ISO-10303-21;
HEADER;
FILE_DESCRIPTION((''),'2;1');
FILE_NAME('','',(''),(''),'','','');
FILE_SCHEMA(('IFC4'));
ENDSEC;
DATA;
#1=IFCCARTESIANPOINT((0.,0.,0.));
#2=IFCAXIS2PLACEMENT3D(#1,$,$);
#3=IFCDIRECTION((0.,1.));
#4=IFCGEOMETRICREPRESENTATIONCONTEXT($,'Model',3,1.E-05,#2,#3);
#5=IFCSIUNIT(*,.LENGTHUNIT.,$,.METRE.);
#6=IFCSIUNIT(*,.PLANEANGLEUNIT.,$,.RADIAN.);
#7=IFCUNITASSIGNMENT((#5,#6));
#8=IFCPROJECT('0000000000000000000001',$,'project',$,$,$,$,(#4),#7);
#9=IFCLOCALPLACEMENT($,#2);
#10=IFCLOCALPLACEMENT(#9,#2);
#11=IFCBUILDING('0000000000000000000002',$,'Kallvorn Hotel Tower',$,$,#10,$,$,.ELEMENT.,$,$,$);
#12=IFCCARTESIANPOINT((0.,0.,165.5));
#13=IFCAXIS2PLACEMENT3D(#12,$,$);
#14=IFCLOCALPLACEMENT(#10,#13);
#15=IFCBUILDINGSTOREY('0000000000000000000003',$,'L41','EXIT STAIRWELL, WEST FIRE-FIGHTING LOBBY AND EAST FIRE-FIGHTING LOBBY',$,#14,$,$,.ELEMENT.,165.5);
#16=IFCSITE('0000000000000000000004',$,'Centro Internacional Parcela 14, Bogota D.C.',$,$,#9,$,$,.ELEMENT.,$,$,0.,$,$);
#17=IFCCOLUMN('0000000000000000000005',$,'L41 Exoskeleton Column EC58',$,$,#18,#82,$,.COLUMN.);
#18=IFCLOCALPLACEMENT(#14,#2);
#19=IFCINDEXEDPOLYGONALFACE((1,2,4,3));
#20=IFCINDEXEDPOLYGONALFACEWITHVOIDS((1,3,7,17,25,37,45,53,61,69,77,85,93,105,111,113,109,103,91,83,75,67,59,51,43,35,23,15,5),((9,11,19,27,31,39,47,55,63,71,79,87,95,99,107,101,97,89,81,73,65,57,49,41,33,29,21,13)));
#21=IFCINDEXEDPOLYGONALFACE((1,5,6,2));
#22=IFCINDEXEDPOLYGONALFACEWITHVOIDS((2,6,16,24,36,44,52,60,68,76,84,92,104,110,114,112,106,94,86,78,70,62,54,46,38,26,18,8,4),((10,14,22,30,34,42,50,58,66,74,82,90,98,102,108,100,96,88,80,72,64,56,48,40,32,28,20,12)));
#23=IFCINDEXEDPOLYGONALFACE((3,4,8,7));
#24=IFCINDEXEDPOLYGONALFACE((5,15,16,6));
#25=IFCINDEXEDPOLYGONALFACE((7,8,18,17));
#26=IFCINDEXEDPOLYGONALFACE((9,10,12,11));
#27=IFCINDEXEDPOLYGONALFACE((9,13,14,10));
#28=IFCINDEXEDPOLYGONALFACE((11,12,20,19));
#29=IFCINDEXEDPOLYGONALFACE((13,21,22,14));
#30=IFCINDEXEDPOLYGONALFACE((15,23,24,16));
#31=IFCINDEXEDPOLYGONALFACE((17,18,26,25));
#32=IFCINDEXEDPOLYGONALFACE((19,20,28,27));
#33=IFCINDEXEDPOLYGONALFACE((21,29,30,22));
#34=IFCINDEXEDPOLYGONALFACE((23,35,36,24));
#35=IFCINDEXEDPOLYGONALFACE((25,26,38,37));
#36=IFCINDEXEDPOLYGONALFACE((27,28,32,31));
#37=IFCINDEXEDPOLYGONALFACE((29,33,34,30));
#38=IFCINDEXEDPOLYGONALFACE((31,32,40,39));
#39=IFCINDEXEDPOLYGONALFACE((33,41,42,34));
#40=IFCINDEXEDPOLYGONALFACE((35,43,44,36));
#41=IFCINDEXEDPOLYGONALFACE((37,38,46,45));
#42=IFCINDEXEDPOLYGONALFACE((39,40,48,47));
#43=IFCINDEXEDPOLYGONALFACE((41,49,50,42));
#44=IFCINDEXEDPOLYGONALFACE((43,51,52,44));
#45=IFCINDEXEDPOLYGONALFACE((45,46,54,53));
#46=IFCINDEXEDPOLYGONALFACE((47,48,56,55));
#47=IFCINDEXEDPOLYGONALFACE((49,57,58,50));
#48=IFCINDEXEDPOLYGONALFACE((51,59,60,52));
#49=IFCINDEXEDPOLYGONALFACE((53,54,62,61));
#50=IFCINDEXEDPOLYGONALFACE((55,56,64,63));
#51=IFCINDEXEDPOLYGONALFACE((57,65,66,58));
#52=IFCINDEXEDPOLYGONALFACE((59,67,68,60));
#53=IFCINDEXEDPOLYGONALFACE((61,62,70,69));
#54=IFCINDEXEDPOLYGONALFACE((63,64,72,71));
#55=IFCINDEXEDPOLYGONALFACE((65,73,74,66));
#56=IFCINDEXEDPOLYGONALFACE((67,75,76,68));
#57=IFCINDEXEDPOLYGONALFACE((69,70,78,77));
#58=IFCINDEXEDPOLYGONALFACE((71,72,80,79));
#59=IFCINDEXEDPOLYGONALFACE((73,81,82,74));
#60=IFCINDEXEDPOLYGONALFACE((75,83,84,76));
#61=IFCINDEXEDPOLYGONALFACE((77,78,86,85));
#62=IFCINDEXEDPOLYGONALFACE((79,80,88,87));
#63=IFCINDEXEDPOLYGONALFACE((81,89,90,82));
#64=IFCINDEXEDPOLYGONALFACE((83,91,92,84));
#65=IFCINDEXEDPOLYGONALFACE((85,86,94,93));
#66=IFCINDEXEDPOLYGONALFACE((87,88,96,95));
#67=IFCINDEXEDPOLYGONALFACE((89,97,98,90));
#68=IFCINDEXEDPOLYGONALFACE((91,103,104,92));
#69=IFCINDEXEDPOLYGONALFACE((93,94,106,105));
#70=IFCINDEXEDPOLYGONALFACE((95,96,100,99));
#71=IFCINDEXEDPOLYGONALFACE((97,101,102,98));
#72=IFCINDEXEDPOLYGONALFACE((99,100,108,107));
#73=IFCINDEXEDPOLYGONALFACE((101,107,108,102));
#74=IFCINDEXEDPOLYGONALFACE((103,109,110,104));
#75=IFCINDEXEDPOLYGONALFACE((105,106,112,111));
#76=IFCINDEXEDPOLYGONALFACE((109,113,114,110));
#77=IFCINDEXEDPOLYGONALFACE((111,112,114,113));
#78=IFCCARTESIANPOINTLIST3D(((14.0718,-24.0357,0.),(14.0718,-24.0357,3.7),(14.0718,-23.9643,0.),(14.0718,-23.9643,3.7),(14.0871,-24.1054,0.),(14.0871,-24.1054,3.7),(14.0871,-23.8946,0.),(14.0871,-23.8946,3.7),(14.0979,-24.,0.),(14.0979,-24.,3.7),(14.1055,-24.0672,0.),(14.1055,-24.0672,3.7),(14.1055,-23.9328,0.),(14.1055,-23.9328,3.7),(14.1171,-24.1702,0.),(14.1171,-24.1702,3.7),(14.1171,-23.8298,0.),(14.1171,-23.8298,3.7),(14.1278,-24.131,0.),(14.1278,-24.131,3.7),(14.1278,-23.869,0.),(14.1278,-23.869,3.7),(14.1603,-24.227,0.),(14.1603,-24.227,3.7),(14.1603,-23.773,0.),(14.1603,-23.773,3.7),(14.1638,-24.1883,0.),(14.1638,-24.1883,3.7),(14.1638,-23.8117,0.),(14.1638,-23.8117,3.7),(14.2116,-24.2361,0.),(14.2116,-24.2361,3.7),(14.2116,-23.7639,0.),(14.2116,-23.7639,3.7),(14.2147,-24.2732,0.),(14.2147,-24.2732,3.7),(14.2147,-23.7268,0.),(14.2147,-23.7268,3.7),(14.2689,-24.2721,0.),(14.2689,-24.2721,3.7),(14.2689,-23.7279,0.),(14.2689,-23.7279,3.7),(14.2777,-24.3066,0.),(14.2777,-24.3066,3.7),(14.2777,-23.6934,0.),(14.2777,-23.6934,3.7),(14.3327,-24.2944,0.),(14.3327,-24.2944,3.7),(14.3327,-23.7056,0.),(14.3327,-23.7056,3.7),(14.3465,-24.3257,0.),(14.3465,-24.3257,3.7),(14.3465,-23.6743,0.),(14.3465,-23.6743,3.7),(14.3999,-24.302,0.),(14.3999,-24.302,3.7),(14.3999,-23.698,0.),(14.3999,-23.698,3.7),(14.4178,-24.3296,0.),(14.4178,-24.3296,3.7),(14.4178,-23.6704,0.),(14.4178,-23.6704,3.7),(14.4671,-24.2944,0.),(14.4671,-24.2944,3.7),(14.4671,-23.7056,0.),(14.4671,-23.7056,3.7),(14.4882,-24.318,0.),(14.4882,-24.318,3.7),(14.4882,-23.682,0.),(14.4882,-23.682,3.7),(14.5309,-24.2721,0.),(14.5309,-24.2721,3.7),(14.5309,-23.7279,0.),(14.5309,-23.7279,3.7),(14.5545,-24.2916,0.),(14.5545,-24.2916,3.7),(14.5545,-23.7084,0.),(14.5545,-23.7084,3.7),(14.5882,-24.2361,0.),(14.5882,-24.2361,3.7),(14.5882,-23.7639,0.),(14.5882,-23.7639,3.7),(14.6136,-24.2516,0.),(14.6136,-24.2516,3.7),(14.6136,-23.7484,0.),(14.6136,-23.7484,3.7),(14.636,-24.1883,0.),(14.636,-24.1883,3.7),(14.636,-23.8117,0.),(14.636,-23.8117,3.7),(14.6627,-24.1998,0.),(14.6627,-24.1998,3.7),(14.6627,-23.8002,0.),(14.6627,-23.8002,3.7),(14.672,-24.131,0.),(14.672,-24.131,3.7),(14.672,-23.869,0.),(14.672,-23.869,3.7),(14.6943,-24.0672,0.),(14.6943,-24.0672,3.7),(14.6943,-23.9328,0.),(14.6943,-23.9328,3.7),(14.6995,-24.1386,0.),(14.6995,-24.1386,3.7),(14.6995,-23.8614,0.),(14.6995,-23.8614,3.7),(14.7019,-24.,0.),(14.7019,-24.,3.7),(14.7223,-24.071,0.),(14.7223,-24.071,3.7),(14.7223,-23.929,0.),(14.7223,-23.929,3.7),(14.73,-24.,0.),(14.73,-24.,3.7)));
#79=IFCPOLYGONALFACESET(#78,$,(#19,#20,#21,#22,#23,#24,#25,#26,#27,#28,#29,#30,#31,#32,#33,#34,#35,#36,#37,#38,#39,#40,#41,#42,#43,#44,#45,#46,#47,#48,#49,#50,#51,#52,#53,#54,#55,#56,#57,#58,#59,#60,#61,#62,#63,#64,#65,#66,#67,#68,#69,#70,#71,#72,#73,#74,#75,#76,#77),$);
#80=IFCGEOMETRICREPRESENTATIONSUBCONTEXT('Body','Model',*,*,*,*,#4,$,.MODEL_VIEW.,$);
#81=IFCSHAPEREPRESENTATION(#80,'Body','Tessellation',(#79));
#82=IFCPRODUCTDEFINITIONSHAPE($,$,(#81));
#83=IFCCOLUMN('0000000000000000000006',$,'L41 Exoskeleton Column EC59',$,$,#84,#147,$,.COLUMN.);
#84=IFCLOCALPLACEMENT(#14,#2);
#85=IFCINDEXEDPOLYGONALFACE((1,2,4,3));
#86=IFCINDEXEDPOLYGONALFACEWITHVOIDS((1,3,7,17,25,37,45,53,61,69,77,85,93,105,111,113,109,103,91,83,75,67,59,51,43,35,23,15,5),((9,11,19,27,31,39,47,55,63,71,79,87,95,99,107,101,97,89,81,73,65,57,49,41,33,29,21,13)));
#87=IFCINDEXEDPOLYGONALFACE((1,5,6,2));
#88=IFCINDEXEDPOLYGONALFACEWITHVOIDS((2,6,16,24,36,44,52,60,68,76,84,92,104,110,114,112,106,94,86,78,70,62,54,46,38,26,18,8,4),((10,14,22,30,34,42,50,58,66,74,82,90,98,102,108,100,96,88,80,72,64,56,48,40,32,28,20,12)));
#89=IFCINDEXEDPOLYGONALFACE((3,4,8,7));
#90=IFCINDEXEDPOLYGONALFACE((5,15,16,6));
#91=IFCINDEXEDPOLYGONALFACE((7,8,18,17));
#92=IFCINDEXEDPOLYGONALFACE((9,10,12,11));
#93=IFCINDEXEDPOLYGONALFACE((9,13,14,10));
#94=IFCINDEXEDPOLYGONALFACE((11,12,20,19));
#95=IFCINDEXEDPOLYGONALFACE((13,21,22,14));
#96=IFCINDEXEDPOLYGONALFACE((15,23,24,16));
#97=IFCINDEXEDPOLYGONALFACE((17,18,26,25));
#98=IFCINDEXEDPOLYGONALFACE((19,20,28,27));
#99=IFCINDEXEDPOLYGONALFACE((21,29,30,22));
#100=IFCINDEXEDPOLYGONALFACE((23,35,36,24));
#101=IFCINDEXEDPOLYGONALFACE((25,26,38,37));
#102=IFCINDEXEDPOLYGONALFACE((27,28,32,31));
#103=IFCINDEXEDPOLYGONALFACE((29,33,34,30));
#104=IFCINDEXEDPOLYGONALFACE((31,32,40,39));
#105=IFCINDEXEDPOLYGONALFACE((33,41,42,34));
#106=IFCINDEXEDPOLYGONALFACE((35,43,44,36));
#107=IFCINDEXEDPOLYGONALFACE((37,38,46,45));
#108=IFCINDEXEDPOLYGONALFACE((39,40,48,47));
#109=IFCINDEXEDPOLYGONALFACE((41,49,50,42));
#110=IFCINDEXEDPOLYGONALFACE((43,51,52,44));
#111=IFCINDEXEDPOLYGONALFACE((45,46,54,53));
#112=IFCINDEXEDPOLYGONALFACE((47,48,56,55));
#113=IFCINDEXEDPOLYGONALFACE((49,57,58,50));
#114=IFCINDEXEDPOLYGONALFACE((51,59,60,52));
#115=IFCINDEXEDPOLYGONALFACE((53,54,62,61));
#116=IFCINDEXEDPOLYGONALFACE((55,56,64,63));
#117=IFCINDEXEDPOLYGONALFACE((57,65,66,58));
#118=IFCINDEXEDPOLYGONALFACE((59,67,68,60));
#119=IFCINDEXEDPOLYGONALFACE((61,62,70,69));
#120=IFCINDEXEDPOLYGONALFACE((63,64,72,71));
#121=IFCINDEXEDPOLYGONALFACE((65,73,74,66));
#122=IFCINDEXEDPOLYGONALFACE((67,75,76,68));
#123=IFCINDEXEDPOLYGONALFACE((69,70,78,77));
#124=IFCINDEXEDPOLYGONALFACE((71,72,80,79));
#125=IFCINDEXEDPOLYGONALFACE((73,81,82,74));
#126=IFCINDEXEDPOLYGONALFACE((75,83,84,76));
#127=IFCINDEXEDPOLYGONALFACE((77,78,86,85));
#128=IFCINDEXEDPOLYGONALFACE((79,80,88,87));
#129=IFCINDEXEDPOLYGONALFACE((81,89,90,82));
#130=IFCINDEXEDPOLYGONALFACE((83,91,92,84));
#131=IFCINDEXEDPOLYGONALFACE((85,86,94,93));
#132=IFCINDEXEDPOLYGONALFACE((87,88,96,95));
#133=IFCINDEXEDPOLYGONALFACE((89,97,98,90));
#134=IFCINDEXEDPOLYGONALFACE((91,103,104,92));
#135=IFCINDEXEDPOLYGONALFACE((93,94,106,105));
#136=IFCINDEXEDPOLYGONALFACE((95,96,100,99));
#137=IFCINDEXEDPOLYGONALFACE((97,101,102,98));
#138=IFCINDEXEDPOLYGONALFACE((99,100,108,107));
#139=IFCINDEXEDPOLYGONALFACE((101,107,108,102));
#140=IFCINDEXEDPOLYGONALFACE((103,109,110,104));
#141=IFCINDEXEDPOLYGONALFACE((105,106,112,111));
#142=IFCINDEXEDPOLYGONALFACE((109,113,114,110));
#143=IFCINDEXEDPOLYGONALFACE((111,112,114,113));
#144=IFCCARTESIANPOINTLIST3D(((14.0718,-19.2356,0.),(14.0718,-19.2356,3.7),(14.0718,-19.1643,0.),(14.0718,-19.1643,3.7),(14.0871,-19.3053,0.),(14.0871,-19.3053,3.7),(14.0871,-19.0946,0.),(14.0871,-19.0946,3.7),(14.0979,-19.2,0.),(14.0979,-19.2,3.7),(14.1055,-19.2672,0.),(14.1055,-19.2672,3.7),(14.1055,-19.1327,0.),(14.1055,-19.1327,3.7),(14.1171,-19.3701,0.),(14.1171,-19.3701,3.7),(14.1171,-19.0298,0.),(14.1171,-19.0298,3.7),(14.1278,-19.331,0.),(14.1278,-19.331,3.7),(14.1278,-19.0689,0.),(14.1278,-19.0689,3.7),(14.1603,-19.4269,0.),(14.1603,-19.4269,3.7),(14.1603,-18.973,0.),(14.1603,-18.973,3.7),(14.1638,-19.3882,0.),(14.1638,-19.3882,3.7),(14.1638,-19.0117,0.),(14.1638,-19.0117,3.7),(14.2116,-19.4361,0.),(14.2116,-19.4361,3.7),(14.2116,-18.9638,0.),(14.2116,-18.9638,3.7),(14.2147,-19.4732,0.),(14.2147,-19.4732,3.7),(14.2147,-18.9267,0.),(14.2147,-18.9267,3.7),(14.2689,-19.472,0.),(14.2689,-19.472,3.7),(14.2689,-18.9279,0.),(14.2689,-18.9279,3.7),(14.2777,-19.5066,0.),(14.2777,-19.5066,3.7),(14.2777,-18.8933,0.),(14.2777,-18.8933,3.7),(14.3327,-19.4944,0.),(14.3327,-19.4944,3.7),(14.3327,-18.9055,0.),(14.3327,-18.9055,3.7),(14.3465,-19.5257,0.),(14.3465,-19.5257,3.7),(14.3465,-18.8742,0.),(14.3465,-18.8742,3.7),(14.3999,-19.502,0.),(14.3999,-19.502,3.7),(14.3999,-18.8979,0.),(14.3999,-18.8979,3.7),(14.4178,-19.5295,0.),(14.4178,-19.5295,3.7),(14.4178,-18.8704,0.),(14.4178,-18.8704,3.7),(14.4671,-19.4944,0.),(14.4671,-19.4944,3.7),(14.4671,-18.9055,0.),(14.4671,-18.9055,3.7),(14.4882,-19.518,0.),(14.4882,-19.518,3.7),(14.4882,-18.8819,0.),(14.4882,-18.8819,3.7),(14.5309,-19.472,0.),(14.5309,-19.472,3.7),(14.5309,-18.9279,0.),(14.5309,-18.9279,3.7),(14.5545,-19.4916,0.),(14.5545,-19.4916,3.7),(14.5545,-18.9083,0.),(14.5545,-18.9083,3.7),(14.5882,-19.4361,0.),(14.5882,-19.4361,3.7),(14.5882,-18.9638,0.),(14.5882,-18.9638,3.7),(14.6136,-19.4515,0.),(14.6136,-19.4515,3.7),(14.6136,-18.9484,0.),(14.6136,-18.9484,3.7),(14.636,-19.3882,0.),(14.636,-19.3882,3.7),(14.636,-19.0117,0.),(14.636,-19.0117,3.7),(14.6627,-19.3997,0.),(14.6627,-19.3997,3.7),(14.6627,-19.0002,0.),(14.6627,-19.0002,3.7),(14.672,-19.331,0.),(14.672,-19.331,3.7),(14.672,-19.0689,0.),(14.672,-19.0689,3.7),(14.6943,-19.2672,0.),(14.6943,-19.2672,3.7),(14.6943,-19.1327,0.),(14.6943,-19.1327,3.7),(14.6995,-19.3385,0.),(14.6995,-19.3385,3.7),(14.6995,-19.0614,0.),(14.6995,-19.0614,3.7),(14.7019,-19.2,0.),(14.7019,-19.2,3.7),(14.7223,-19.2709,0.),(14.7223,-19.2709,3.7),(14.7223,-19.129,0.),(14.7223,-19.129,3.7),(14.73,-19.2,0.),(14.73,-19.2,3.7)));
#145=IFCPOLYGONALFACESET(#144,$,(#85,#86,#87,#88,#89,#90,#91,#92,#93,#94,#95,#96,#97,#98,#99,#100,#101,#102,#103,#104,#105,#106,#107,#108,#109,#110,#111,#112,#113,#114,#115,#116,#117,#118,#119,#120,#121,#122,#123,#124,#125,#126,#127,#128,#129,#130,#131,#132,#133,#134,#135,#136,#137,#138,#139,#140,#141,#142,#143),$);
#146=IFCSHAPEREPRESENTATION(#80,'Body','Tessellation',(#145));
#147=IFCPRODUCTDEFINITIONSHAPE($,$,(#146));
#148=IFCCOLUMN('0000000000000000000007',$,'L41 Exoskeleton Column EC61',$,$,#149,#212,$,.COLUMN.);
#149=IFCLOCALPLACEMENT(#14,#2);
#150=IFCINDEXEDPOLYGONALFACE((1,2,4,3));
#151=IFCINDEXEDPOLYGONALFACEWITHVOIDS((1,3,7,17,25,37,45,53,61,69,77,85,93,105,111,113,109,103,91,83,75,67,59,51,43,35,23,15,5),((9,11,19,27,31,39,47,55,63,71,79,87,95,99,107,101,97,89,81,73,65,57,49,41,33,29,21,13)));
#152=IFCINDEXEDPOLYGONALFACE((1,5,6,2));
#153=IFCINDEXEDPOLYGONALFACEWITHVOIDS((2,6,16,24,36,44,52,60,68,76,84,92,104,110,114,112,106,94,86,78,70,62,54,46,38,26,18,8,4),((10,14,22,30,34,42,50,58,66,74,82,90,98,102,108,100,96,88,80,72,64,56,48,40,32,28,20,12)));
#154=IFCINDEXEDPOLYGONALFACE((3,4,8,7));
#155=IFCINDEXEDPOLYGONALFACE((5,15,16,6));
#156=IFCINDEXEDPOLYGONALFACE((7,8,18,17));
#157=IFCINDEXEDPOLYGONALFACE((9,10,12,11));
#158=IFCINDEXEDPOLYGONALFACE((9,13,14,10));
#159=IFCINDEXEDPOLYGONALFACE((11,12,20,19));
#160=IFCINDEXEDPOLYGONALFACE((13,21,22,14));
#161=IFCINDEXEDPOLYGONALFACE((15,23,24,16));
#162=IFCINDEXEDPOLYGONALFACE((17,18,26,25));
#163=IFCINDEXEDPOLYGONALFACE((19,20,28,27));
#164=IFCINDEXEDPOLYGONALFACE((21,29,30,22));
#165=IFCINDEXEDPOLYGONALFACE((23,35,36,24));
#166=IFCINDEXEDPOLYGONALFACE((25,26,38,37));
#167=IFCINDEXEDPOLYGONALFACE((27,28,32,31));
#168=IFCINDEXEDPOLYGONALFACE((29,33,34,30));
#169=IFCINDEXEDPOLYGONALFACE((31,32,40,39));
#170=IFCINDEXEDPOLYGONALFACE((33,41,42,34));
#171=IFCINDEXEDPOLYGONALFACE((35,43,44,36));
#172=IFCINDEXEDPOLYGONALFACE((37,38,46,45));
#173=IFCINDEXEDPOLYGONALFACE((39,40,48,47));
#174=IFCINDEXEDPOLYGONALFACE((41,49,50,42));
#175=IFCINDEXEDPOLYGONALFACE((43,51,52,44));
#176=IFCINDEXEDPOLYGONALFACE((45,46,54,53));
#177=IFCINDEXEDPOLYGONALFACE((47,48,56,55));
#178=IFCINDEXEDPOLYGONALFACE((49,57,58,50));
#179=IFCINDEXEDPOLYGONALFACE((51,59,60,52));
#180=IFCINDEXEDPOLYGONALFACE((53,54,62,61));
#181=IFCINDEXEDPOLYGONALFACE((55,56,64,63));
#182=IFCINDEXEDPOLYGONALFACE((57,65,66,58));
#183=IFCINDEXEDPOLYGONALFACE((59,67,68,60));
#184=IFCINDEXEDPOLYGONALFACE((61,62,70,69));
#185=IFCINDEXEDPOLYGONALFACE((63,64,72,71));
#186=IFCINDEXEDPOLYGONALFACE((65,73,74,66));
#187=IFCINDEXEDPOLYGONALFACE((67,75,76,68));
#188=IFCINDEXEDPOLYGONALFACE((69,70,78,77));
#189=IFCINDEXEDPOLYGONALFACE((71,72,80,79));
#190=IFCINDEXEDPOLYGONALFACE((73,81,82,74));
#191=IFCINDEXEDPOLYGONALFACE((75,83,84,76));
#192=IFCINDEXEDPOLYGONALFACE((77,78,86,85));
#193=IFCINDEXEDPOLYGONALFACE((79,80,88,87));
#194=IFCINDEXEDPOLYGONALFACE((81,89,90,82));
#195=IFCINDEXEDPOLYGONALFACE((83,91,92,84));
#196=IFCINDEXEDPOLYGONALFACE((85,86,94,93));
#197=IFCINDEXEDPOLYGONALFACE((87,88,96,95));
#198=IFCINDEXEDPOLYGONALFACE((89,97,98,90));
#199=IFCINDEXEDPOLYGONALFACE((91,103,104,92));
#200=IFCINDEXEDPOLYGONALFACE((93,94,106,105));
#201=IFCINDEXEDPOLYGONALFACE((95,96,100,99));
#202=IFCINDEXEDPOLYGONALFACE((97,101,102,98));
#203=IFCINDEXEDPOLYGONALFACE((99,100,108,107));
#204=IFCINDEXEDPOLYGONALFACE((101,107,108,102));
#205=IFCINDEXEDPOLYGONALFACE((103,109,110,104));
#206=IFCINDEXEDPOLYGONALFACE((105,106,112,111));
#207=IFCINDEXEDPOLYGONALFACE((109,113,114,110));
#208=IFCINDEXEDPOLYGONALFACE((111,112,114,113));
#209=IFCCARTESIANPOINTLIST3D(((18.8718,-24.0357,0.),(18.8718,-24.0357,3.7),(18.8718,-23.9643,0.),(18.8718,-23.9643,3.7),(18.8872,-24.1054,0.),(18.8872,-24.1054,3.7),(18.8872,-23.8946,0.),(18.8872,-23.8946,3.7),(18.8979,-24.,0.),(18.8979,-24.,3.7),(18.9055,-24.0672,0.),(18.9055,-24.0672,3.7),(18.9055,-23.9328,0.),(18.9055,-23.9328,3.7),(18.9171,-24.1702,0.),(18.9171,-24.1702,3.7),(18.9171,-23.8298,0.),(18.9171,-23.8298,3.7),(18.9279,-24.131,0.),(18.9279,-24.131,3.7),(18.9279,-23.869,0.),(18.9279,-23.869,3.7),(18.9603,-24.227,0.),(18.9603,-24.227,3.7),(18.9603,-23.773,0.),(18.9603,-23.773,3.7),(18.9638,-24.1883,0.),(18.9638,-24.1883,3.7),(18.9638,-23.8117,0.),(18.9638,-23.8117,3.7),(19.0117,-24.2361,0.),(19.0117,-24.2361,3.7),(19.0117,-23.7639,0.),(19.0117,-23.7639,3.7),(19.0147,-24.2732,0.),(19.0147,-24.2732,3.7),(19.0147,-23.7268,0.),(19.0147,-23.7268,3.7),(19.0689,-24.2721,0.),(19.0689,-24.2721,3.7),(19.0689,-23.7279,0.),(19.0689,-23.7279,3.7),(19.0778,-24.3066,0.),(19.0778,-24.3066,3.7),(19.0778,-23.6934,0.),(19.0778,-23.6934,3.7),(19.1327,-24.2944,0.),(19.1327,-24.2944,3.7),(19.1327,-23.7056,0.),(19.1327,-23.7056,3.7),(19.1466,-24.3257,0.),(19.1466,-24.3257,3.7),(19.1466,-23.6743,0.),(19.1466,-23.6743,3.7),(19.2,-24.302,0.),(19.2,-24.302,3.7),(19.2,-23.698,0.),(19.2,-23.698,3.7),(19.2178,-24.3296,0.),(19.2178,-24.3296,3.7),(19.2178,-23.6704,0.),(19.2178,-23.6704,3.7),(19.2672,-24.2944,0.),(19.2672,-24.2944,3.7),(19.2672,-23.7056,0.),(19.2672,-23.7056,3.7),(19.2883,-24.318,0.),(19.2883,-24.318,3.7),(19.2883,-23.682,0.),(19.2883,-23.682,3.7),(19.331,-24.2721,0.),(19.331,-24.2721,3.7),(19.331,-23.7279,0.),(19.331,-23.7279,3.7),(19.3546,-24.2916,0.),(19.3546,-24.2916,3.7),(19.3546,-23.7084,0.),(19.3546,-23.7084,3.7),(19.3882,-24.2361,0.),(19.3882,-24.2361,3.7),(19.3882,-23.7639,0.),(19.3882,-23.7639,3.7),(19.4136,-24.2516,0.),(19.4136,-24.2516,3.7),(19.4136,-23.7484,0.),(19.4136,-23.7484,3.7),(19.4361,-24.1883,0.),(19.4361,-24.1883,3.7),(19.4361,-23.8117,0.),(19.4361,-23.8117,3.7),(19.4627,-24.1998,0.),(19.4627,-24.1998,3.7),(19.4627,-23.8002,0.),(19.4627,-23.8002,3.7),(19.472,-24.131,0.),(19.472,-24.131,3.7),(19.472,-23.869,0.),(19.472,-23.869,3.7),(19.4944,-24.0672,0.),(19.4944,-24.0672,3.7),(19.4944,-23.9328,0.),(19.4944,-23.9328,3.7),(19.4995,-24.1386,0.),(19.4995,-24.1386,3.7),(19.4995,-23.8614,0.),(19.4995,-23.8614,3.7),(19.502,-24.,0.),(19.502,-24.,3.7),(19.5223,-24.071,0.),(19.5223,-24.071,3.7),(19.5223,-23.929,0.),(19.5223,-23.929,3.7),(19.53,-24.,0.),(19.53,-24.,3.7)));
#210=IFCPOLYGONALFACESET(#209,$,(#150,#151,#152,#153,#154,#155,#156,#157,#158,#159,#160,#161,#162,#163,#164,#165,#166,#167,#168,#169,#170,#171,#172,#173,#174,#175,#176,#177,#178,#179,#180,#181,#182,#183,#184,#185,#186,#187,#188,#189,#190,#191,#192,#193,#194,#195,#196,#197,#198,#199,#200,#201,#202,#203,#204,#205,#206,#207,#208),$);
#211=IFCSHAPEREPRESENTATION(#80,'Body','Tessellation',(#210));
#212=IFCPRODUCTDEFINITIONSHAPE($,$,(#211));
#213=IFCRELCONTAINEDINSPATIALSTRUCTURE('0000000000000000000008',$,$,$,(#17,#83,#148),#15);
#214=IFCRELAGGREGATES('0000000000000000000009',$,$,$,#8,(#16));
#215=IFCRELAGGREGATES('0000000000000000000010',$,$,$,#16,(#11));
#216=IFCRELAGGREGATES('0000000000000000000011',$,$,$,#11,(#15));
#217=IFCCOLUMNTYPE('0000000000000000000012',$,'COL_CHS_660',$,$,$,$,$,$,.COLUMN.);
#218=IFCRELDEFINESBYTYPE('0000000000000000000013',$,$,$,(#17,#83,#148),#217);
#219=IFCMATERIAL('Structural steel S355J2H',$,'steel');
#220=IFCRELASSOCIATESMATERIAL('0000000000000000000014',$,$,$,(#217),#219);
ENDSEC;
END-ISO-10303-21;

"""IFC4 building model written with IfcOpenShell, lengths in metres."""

from ifc_helpers import new_model, si_unit, direction, frame, origin, origin_2d, place, context, subcontext, project, spatial, hollow_circle, extrude, material, material_profile, profile_set, type_object, element, save


model = new_model("IFC4")

# Units and contexts
model_context = context("Model", 3, precision=1e-05, world=origin(), true_north=direction((0.0, 1.0)))
body_context = subcontext(model_context, "Body", "Model", "MODEL_VIEW")
ifc_project = project(units=[si_unit("LENGTHUNIT", "METRE"), si_unit("PLANEANGLEUNIT", "RADIAN")], contexts=[model_context])

# Site, building, storey
site_placement = place(None, origin())
site = spatial("IfcSite", under=ifc_project, at=site_placement, Name="Centro Internacional Parcela 14, Bogota D.C.", CompositionType="ELEMENT", RefElevation=0.0)
building_placement = place(site_placement, origin())
building = spatial("IfcBuilding", under=site, at=building_placement, Name="Kallvorn Hotel Tower", CompositionType="ELEMENT")
storey_placement = place(building_placement, frame((0.0, 0.0, 165.5)))
storey = spatial("IfcBuildingStorey", under=building, at=storey_placement, Name="L41", Description="EXIT STAIRWELL, WEST FIRE-FIGHTING LOBBY AND EAST FIRE-FIGHTING LOBBY", CompositionType="ELEMENT", Elevation=165.5)

# Columns
ifc_material_1 = material(Name="Structural steel S355J2H", Category="steel")
ifc_material_profile_1 = material_profile(ifc_material_1, hollow_circle(Radius=0.3301, WallThickness=0.0281, at=origin_2d()), Name="CHS 660x28")
ifc_profile_set_1 = profile_set([ifc_material_profile_1], Name="Structural steel S355J2H")
column_type = type_object("IfcColumnType", Name="COL_CHS_660", PredefinedType="COLUMN", material=ifc_profile_set_1)
for number, where, z_axis, x_axis, name in (
    (1, (14.3999, -24.0, 0.0), (0.0, 0.0, 1.0), (1.0, 0.0, 0.0), "L41 Exoskeleton Column EC58"),
    (2, (14.3999, -19.2, 0.0), (0.0, 0.0, 1.0), (1.0, 0.0, 0.0), "L41 Exoskeleton Column EC59"),
    (3, (19.2, -24.0, 0.0), (0.0, 0.0, 1.0), (1.0, 0.0, 0.0), "L41 Exoskeleton Column EC61"),
):
    element("IfcColumn", number, at=place(storey_placement, frame(where, z_axis=z_axis, x_axis=x_axis)), inside=storey, type_object=column_type, Name=name, PredefinedType="COLUMN", context=body_context, shape_type="SweptSolid", body=[
        extrude(hollow_circle(Radius=0.3301, WallThickness=0.0281, at=origin_2d()), origin(), (0.0, 0.0, 1.0), 3.7),
    ])

save(model, "model.ifc")
